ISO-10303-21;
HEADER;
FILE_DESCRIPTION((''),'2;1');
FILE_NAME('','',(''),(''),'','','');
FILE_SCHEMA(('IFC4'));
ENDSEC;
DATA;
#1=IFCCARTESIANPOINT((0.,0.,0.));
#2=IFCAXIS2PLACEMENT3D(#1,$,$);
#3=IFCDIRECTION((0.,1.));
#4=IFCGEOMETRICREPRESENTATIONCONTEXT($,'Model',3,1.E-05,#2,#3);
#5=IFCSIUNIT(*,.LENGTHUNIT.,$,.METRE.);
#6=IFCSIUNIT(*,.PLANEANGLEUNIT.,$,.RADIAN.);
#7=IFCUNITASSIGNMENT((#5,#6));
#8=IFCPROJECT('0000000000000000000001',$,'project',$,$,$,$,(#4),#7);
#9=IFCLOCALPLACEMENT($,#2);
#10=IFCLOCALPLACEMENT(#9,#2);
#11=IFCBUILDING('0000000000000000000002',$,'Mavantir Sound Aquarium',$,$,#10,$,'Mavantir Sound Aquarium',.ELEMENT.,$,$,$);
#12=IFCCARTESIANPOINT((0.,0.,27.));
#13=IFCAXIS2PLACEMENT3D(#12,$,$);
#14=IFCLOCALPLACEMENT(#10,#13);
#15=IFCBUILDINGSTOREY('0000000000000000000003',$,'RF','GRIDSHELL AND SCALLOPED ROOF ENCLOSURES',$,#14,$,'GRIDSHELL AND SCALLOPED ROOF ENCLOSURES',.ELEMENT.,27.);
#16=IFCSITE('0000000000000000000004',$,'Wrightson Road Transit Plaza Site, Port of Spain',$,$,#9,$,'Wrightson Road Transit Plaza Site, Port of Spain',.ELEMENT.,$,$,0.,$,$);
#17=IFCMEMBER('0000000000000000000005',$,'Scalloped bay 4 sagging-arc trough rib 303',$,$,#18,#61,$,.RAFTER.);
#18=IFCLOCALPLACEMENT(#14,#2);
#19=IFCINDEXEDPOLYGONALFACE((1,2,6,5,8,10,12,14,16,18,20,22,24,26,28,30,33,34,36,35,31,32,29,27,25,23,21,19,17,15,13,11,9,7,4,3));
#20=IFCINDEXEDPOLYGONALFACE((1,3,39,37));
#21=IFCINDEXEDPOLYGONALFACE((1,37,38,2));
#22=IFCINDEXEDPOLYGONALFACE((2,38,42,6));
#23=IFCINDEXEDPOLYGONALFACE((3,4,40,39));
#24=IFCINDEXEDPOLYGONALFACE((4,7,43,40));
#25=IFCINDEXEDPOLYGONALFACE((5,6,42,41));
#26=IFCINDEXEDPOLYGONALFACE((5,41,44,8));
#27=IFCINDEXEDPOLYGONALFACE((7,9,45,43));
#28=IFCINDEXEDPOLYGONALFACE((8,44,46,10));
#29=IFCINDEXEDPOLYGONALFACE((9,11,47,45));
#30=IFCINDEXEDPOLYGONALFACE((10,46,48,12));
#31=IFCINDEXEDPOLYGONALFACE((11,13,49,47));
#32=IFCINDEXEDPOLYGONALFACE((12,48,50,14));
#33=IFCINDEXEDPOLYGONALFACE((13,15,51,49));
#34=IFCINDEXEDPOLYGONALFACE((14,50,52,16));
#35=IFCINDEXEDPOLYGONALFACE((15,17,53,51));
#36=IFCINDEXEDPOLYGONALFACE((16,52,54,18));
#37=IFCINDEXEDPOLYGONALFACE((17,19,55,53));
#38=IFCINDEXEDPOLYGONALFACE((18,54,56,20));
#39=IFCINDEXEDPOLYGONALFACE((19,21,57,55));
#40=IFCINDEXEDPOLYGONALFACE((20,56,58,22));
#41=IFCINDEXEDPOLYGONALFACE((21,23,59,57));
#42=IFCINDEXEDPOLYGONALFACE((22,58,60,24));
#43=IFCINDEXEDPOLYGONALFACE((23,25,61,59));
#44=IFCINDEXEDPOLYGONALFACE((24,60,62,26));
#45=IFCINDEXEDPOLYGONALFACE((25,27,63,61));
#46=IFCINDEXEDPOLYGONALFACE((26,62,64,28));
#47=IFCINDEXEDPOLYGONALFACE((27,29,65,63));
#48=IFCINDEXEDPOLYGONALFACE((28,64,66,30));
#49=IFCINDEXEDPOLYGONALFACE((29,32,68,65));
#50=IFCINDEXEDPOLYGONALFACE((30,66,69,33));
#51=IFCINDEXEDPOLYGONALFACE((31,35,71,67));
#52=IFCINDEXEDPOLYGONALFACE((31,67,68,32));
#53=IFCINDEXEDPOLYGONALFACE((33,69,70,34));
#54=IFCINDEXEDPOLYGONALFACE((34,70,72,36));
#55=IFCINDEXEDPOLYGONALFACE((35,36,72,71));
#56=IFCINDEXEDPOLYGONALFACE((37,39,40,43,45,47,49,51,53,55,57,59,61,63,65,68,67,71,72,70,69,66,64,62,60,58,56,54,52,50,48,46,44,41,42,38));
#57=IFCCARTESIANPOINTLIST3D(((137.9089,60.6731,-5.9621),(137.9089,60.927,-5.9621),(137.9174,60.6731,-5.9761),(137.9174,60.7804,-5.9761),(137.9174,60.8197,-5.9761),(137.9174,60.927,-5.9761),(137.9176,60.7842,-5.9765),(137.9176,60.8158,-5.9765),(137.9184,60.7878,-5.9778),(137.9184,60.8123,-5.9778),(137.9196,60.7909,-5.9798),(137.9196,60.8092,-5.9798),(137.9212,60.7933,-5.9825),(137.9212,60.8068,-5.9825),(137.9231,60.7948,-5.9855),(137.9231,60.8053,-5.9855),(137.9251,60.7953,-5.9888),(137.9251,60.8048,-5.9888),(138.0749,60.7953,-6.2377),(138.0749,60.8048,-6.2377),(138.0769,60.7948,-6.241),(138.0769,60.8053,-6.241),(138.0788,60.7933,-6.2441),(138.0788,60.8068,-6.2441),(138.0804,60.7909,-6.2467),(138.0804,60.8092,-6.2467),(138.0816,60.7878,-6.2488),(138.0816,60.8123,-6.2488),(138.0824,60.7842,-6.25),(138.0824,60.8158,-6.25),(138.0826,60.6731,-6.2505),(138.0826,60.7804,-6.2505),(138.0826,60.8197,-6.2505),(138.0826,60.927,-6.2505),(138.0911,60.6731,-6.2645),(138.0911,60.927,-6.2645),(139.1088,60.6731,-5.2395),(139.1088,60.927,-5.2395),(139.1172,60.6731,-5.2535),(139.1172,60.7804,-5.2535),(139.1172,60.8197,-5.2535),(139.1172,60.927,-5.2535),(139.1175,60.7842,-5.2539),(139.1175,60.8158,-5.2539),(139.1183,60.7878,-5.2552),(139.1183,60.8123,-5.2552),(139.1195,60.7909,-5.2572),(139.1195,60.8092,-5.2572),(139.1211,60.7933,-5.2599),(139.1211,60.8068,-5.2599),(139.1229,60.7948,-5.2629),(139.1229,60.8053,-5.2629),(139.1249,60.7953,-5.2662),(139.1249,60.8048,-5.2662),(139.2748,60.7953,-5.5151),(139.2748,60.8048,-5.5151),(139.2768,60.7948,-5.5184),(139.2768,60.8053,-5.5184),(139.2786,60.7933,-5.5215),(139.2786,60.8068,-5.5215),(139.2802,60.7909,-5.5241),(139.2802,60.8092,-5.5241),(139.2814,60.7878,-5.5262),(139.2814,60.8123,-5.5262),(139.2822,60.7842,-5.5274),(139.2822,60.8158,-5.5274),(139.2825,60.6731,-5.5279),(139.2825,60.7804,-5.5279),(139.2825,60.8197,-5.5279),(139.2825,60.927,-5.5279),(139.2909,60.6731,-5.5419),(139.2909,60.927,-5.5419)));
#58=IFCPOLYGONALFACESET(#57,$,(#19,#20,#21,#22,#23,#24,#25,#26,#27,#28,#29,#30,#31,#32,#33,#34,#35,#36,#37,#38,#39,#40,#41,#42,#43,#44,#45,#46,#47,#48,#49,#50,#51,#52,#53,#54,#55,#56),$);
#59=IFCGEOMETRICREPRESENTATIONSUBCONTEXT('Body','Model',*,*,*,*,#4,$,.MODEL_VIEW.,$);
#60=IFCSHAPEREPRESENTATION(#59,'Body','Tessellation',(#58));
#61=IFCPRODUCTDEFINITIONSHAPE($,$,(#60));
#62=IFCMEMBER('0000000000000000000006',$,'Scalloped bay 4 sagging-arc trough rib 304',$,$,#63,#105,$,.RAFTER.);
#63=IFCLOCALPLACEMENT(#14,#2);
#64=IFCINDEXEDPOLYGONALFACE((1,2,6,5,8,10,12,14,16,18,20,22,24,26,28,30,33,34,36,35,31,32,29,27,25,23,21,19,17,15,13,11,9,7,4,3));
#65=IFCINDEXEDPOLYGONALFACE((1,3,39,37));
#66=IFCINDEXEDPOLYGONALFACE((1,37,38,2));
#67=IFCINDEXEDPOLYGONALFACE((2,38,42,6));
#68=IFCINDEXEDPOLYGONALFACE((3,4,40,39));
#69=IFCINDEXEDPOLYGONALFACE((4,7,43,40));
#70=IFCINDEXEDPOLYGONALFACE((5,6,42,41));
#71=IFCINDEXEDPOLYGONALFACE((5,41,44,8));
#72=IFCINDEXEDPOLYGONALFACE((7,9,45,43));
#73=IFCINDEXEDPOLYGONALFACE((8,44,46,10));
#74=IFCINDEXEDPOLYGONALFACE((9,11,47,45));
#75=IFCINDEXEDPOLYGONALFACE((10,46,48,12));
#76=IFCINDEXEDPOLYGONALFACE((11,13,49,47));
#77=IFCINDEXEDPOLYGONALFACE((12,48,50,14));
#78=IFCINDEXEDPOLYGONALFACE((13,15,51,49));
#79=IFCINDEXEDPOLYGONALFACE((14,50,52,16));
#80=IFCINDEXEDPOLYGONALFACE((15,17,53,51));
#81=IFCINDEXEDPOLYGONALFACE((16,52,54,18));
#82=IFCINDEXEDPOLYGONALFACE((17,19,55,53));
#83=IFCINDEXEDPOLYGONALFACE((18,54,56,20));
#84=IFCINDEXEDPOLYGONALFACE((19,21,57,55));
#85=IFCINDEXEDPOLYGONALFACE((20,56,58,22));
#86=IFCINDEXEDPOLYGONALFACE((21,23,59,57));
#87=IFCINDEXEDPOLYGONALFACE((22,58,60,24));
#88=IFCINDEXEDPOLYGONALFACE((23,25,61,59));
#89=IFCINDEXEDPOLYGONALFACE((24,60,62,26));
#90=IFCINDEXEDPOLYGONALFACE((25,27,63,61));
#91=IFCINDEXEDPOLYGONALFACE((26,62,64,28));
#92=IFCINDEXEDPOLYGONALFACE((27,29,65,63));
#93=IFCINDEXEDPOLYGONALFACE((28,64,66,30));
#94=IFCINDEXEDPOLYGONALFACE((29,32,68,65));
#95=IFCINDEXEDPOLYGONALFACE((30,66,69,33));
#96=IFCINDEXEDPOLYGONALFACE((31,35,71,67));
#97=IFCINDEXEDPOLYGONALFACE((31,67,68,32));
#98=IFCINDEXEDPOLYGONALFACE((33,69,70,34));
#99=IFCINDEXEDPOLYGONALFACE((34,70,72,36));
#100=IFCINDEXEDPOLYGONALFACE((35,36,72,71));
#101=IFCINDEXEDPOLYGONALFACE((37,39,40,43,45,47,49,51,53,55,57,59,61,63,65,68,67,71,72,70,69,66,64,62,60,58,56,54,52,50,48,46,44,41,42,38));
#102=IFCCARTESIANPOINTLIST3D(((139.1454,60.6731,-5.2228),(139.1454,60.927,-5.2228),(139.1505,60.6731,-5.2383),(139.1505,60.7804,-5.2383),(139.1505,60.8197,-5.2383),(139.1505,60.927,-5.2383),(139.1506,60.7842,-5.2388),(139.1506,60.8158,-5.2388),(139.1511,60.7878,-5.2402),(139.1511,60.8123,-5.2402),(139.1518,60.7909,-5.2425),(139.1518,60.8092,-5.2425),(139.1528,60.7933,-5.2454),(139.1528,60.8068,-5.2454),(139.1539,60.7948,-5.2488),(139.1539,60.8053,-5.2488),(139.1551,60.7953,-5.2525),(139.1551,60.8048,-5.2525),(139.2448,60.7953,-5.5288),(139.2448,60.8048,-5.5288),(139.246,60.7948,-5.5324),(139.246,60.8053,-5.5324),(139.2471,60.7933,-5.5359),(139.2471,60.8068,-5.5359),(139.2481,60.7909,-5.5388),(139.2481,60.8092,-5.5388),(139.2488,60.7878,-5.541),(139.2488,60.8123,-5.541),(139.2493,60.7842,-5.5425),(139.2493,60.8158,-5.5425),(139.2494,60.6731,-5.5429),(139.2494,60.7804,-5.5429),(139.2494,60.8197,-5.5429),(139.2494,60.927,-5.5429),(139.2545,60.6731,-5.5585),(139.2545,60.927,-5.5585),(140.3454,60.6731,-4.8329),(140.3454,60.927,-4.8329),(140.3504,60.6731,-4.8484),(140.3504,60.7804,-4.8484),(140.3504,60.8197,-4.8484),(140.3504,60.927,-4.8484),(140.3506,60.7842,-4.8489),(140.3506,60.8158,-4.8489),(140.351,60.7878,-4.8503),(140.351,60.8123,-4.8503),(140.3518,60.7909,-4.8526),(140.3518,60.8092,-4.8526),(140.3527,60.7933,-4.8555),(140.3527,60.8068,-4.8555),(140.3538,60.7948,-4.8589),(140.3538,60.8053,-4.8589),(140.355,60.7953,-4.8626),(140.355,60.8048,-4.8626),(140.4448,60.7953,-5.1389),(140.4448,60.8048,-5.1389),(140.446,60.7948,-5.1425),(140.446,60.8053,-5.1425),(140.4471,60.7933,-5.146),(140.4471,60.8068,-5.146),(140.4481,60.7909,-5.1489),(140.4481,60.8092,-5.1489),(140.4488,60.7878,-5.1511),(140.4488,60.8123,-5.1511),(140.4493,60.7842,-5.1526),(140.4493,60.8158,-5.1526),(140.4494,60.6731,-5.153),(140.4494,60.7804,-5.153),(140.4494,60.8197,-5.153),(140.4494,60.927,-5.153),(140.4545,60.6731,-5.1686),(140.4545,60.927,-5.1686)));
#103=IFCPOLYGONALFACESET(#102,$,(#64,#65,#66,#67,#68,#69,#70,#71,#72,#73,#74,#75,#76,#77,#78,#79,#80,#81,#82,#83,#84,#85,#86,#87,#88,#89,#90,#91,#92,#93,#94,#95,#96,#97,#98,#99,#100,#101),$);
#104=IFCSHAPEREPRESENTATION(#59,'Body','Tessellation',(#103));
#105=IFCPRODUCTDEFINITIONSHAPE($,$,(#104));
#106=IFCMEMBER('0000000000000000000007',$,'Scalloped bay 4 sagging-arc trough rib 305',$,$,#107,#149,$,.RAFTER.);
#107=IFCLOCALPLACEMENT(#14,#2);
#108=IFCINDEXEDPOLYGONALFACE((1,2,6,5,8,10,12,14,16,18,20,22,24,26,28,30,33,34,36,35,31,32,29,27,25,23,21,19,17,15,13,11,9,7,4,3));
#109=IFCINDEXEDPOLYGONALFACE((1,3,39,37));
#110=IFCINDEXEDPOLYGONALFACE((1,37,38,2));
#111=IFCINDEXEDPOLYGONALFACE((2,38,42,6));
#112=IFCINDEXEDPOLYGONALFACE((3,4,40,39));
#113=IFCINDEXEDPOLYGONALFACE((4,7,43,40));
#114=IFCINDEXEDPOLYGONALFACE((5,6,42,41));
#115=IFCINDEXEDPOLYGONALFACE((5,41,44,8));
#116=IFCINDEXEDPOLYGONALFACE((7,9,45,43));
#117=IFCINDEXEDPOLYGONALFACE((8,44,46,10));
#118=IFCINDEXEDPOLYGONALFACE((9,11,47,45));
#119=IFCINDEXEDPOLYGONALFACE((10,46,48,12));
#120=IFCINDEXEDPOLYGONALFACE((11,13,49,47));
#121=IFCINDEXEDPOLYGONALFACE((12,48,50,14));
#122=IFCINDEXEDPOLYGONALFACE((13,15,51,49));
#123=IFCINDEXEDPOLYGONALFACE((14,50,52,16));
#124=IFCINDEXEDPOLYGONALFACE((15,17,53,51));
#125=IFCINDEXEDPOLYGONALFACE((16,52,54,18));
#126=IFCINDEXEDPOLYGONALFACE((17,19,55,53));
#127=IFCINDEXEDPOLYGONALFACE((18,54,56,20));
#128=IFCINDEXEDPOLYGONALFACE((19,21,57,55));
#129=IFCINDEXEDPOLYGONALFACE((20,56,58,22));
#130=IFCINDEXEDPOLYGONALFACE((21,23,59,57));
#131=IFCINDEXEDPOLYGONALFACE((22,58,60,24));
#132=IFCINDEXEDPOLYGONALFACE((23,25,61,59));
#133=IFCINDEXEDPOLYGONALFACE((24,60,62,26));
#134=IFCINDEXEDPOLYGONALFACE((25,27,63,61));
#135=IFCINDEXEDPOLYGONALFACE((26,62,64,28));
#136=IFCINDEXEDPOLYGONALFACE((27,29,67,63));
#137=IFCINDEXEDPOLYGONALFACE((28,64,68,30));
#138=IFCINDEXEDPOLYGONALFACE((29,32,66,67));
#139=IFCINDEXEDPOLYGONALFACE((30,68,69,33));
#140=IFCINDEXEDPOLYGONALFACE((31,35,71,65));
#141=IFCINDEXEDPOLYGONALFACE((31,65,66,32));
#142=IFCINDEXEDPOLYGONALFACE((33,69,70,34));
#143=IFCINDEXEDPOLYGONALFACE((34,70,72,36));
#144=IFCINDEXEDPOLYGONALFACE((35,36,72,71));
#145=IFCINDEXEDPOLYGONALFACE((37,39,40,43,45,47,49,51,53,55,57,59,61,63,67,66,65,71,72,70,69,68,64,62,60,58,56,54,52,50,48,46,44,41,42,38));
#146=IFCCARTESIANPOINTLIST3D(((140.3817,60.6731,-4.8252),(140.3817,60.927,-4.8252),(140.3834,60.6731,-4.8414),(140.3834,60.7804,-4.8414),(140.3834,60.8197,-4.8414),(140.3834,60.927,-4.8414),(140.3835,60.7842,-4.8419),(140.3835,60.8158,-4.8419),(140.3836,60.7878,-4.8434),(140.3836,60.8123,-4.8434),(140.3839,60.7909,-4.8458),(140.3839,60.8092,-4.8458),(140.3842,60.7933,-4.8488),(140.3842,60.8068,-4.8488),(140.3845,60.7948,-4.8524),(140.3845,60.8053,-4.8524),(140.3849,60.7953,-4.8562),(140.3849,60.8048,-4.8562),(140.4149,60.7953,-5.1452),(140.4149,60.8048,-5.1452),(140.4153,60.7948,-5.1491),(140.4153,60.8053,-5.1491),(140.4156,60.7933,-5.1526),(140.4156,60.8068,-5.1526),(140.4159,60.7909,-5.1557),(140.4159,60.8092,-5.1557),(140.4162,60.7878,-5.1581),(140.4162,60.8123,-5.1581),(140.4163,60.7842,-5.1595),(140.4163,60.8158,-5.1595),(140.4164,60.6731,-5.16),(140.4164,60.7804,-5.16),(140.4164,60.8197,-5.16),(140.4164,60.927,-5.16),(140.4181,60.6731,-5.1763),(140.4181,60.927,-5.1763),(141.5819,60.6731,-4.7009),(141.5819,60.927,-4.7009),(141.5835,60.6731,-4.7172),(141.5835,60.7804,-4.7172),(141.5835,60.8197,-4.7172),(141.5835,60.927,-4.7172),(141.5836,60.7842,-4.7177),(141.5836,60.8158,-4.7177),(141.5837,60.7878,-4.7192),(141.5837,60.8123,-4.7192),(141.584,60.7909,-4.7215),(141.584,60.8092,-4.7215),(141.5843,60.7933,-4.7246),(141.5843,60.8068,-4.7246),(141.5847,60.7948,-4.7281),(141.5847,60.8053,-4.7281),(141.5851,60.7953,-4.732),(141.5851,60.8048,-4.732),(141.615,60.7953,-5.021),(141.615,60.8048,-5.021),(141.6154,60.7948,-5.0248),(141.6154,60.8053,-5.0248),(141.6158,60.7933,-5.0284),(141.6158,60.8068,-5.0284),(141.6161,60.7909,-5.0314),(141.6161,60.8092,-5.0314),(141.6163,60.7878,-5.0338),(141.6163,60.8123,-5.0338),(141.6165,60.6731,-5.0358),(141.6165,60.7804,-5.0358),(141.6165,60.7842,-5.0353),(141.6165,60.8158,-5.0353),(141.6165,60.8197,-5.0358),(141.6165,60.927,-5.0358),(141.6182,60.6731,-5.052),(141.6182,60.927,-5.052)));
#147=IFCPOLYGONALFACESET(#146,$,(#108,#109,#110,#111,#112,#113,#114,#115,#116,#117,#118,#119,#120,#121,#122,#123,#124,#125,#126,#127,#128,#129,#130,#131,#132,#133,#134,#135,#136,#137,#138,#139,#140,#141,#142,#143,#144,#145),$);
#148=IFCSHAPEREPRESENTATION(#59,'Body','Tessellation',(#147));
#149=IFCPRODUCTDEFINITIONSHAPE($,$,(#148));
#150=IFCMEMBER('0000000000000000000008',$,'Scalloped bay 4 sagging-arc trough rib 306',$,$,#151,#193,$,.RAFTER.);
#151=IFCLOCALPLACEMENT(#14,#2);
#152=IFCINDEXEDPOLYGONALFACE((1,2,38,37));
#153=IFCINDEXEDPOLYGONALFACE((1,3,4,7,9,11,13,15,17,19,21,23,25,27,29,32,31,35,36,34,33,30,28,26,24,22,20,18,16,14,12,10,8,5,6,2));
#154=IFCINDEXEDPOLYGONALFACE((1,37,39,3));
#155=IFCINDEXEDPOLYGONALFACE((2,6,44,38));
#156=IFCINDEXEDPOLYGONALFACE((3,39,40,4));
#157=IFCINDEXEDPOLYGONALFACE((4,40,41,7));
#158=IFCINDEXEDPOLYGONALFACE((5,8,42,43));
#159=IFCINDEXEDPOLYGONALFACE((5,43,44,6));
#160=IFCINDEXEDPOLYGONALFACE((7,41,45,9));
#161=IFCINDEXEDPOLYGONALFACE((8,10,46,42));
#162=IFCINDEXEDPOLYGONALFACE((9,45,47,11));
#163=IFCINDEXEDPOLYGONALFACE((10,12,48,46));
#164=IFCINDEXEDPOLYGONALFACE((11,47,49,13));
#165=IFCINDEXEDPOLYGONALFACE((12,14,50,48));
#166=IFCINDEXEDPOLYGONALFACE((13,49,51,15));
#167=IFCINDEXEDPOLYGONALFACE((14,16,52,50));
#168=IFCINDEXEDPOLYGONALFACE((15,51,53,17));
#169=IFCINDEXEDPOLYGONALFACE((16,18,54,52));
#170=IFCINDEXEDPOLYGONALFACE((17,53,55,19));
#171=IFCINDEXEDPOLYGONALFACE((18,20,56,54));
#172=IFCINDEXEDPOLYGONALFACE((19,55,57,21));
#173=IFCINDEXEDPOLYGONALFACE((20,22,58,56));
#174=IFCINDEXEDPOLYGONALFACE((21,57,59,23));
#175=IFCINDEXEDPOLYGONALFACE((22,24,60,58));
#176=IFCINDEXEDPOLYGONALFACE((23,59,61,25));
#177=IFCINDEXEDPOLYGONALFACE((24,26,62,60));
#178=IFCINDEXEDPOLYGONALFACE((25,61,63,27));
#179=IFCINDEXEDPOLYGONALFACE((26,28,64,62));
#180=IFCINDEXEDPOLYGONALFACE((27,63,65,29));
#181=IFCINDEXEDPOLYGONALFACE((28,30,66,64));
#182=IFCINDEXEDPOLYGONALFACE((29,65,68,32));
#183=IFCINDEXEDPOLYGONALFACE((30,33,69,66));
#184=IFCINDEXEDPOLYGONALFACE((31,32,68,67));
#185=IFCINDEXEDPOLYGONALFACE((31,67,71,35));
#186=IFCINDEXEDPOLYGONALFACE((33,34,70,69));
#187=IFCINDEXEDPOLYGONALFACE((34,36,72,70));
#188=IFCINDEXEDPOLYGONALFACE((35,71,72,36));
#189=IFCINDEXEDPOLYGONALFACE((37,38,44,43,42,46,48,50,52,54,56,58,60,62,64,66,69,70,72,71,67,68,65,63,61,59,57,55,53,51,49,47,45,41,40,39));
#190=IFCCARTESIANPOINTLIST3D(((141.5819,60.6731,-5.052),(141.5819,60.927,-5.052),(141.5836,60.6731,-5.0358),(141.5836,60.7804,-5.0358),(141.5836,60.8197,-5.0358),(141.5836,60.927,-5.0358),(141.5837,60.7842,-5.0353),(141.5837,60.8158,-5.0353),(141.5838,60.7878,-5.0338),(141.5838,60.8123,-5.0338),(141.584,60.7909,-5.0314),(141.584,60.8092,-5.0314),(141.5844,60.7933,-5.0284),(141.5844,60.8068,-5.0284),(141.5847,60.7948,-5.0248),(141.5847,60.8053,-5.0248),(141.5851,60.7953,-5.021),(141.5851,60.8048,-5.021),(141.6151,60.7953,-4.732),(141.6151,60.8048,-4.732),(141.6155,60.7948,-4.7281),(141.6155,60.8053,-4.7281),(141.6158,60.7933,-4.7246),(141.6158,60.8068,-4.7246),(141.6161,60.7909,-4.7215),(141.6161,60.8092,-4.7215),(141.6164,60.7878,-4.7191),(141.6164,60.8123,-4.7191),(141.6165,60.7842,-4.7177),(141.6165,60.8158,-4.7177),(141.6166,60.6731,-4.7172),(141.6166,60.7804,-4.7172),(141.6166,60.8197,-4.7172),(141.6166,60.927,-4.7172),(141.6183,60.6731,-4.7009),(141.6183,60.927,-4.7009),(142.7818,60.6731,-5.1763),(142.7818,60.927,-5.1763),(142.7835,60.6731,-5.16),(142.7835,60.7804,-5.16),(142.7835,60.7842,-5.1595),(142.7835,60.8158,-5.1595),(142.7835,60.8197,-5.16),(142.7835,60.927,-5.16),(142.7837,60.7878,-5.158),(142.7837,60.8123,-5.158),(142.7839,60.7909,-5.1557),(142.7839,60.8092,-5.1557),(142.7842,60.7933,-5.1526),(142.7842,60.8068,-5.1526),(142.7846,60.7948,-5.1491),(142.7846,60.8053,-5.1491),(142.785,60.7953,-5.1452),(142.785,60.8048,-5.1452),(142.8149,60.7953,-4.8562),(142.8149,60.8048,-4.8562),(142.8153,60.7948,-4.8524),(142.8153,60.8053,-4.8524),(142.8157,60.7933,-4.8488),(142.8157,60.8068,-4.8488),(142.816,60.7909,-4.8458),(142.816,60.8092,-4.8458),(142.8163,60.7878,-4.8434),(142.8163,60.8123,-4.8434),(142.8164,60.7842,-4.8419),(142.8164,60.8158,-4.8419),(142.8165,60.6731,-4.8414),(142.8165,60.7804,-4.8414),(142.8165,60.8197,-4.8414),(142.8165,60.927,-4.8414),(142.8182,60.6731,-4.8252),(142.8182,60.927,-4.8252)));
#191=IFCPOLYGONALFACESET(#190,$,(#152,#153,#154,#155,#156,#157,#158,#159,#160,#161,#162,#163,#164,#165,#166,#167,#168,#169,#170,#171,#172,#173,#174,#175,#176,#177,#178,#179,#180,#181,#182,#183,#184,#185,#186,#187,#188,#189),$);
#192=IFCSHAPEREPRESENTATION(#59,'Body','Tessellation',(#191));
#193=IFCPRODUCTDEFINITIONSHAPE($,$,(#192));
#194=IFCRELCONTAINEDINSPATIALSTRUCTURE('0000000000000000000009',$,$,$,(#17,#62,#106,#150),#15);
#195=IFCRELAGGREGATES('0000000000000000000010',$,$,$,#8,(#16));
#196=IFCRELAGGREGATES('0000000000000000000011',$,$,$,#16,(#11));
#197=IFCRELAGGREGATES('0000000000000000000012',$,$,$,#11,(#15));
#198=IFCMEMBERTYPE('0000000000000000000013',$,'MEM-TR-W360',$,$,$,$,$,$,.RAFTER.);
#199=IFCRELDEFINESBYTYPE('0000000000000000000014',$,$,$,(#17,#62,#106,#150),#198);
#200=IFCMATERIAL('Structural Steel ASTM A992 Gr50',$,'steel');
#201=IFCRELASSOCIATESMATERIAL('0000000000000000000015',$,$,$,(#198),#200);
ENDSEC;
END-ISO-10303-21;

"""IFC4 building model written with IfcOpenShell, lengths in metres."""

from ifc_helpers import new_model, si_unit, direction, frame, origin, origin_2d, place, context, subcontext, project, spatial, i_section, extrude, material, material_profile, profile_set, type_object, element, save


model = new_model("IFC4")

# Units and contexts
model_context = context("Model", 3, precision=1e-05, world=origin(), true_north=direction((0.0, 1.0)))
body_context = subcontext(model_context, "Body", "Model", "MODEL_VIEW")
ifc_project = project(units=[si_unit("LENGTHUNIT", "METRE"), si_unit("PLANEANGLEUNIT", "RADIAN")], contexts=[model_context])

# Site, building, storey
site_placement = place(None, origin())
site = spatial("IfcSite", under=ifc_project, at=site_placement, Name="Wrightson Road Transit Plaza Site, Port of Spain", LongName="Wrightson Road Transit Plaza Site, Port of Spain", CompositionType="ELEMENT", RefElevation=0.0)
building_placement = place(site_placement, origin())
building = spatial("IfcBuilding", under=site, at=building_placement, Name="Mavantir Sound Aquarium", LongName="Mavantir Sound Aquarium", CompositionType="ELEMENT")
storey_placement = place(building_placement, frame((0.0, 0.0, 27.0)))
storey = spatial("IfcBuildingStorey", under=building, at=storey_placement, Name="RF", Description="GRIDSHELL AND SCALLOPED ROOF ENCLOSURES", LongName="GRIDSHELL AND SCALLOPED ROOF ENCLOSURES", CompositionType="ELEMENT", Elevation=27.0)

# Shared definitions
ifc_material_1 = material(Name="Structural Steel ASTM A992 Gr50", Category="steel")

# Members
ifc_material_profile_1 = material_profile(ifc_material_1, i_section(OverallWidth=0.2539, OverallDepth=0.353, WebThickness=0.0095, FlangeThickness=0.0164, FilletRadius=0.0149, at=origin_2d()), Name="W360X91")
ifc_profile_set_1 = profile_set([ifc_material_profile_1], Name="Structural Steel ASTM A992 Gr50")
member_type_1 = type_object("IfcMemberType", Name="MEM-TR-W360", PredefinedType="RAFTER", material=ifc_profile_set_1)
member_1_placement = place(storey_placement, frame((138.0, 60.8, -6.1133), z_axis=(0.856646, 0.0, 0.515905), x_axis=(0.0, 1.0, 0.0)))
element("IfcMember", 1, at=member_1_placement, inside=storey, type_object=member_type_1, Name="Scalloped bay 4 sagging-arc trough rib 303", PredefinedType="RAFTER", context=body_context, shape_type="SweptSolid", body=[
    extrude(i_section(OverallWidth=0.2539, OverallDepth=0.353, WebThickness=0.0095, FlangeThickness=0.0164, FilletRadius=0.0149, at=origin_2d()), origin(), (0.0, 0.0, 1.0), 1.4006),
])
member_2_placement = place(storey_placement, frame((139.2, 60.8, -5.3906), z_axis=(0.951055, 0.0, 0.30902), x_axis=(0.0, 1.0, 0.0)))
element("IfcMember", 2, at=member_2_placement, inside=storey, type_object=member_type_1, Name="Scalloped bay 4 sagging-arc trough rib 304", PredefinedType="RAFTER", context=body_context, shape_type="SweptSolid", body=[
    extrude(i_section(OverallWidth=0.2539, OverallDepth=0.353, WebThickness=0.0095, FlangeThickness=0.0164, FilletRadius=0.0149, at=origin_2d()), origin(), (0.0, 0.0, 1.0), 1.2617),
])
member_3_placement = place(storey_placement, frame((140.3999, 60.8, -5.0007), z_axis=(0.994683, 0.0, 0.102989), x_axis=(0.0, 1.0, 0.0)))
element("IfcMember", 3, at=member_3_placement, inside=storey, type_object=member_type_1, Name="Scalloped bay 4 sagging-arc trough rib 305", PredefinedType="RAFTER", context=body_context, shape_type="SweptSolid", body=[
    extrude(i_section(OverallWidth=0.2539, OverallDepth=0.353, WebThickness=0.0095, FlangeThickness=0.0164, FilletRadius=0.0149, at=origin_2d()), origin(), (0.0, 0.0, 1.0), 1.2065),
])
member_4_placement = place(storey_placement, frame((141.6001, 60.8, -4.8765), z_axis=(0.99468, 0.0, -0.10301), x_axis=(0.0, 1.0, 0.0)))
element("IfcMember", 4, at=member_4_placement, inside=storey, type_object=member_type_1, Name="Scalloped bay 4 sagging-arc trough rib 306", PredefinedType="RAFTER", context=body_context, shape_type="SweptSolid", body=[
    extrude(i_section(OverallWidth=0.2539, OverallDepth=0.353, WebThickness=0.0095, FlangeThickness=0.0164, FilletRadius=0.0149, at=origin_2d()), origin(), (0.0, 0.0, 1.0), 1.2063),
])

save(model, "model.ifc")
